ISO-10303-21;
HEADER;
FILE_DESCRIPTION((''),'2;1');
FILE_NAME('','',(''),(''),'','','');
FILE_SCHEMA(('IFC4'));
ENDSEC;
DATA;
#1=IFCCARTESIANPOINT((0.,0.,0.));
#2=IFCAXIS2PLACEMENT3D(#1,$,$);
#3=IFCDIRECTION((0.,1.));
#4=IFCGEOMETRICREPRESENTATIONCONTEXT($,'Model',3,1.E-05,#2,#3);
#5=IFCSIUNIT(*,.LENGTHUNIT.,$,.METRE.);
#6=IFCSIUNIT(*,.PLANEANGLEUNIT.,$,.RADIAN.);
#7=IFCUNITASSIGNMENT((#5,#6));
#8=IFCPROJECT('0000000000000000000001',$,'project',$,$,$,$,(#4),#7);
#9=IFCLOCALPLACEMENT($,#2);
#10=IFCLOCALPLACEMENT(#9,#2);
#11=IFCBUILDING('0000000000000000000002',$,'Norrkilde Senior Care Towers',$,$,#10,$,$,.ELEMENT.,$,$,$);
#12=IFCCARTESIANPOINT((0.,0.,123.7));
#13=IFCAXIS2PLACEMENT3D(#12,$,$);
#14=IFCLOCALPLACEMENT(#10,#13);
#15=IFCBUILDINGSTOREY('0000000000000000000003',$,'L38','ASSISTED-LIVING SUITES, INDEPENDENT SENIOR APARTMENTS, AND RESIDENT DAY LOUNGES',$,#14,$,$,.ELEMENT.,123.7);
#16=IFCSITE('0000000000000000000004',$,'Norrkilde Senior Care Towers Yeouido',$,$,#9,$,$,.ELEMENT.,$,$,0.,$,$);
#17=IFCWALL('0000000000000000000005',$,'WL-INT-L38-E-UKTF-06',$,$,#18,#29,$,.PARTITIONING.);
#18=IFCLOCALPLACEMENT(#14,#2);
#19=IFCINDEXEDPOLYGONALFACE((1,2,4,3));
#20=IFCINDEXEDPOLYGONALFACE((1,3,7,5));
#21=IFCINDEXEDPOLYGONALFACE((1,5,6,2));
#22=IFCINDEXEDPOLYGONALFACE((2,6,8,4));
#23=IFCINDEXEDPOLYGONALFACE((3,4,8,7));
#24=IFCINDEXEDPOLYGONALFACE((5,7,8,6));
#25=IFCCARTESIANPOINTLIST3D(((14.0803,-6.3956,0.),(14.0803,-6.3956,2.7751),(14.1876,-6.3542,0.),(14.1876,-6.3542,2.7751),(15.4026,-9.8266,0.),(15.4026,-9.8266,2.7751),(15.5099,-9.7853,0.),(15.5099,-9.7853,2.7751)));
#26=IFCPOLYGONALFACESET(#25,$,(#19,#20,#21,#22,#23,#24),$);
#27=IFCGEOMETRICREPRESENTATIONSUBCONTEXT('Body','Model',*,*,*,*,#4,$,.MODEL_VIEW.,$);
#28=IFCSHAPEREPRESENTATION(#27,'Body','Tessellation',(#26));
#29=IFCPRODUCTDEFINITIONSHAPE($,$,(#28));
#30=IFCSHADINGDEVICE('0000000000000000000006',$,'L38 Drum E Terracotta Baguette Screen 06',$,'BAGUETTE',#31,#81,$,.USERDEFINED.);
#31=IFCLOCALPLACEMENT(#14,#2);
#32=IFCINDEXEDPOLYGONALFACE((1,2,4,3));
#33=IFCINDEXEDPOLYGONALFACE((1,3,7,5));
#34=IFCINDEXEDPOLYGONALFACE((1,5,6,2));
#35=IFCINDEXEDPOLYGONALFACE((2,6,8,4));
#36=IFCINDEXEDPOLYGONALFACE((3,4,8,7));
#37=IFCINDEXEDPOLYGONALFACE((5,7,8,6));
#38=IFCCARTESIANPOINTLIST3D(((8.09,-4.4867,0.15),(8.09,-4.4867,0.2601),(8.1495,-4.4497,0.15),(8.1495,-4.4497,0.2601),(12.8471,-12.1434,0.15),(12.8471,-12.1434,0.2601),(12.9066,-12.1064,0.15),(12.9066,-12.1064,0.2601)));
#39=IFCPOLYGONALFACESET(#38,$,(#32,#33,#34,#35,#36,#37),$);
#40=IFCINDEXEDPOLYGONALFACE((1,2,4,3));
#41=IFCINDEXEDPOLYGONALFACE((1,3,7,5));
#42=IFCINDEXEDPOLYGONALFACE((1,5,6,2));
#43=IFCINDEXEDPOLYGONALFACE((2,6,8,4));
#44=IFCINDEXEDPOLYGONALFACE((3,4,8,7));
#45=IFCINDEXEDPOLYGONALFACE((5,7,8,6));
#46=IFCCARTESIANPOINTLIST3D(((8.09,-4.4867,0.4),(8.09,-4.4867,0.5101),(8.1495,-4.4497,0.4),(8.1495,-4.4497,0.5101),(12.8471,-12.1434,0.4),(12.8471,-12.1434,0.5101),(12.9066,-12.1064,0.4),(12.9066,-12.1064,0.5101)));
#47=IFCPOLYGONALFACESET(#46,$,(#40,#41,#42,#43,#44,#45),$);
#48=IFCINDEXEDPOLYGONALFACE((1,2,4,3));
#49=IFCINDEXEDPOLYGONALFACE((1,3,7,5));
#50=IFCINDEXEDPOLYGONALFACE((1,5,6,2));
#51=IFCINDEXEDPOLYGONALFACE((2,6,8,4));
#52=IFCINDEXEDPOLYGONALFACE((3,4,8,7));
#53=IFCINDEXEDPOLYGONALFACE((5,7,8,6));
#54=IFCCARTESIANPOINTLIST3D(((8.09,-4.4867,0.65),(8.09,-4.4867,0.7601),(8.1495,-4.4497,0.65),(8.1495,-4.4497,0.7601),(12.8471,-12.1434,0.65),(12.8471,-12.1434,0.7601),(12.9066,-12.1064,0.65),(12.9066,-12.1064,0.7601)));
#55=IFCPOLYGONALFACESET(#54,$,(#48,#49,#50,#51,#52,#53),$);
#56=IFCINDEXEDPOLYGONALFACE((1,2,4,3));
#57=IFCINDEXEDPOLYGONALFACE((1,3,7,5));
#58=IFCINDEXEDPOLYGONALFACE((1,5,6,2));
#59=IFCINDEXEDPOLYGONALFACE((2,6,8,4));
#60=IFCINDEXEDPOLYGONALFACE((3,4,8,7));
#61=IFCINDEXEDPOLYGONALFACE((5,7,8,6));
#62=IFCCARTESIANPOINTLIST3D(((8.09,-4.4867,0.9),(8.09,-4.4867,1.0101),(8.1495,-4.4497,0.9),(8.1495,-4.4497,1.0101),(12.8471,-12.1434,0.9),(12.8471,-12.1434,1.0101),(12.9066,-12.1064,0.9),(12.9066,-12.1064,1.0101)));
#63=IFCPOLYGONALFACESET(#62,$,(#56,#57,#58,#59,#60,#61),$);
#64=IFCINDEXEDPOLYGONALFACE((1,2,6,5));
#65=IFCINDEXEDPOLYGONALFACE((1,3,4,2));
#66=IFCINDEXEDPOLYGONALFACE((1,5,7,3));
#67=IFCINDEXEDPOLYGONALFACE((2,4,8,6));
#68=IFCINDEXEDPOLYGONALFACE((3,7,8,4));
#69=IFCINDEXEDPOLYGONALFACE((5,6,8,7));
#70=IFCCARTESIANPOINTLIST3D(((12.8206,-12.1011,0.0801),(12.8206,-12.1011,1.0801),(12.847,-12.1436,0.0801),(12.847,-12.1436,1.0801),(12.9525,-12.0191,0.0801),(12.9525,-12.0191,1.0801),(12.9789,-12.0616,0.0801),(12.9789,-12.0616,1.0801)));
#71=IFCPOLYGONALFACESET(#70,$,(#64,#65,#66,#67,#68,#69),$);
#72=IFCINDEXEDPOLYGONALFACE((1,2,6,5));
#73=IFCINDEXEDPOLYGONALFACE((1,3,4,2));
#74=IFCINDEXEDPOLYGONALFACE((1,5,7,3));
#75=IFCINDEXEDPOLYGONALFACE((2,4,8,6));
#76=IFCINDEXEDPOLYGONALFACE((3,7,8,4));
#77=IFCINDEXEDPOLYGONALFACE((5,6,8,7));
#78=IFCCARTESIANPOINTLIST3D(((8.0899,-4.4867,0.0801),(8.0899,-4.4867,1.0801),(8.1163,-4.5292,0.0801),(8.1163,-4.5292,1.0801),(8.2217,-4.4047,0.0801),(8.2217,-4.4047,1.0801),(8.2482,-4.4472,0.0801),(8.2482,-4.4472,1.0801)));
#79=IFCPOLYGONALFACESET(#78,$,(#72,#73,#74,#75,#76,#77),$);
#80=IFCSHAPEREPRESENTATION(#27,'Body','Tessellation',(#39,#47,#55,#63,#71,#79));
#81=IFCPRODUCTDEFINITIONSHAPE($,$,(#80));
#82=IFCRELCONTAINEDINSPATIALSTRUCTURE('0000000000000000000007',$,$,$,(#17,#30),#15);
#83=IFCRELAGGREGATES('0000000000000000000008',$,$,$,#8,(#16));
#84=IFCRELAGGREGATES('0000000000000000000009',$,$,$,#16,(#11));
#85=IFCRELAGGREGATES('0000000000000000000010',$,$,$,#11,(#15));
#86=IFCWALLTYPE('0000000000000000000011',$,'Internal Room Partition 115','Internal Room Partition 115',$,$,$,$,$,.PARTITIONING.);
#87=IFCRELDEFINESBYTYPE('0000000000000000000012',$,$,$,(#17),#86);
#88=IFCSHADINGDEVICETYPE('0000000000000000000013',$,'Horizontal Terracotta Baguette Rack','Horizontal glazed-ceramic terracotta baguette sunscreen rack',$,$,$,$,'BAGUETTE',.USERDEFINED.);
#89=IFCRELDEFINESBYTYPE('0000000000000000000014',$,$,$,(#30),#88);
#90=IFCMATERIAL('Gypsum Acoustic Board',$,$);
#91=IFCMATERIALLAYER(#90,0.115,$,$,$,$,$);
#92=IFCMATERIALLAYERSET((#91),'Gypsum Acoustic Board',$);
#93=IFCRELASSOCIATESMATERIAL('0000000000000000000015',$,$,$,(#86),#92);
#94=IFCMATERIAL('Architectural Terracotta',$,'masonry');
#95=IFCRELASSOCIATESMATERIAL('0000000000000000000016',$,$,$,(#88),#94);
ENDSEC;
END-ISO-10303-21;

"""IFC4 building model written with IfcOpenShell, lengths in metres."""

from ifc_helpers import new_model, si_unit, direction, frame, frame_2d, origin, origin_2d, place, context, subcontext, project, spatial, rectangle, extrude, source, transform, mapped, material, layer, layer_set, type_object, type_shapes, element, save


model = new_model("IFC4")

# Units and contexts
model_context = context("Model", 3, precision=1e-05, world=origin(), true_north=direction((0.0, 1.0)))
body_context = subcontext(model_context, "Body", "Model", "MODEL_VIEW")
ifc_project = project(units=[si_unit("LENGTHUNIT", "METRE"), si_unit("PLANEANGLEUNIT", "RADIAN")], contexts=[model_context])

# Site, building, storey
site_placement = place(None, origin())
site = spatial("IfcSite", under=ifc_project, at=site_placement, Name="Norrkilde Senior Care Towers Yeouido", CompositionType="ELEMENT", RefElevation=0.0)
building_placement = place(site_placement, origin())
building = spatial("IfcBuilding", under=site, at=building_placement, Name="Norrkilde Senior Care Towers", CompositionType="ELEMENT")
storey_placement = place(building_placement, frame((0.0, 0.0, 123.7)))
storey = spatial("IfcBuildingStorey", under=building, at=storey_placement, Name="L38", Description="ASSISTED-LIVING SUITES, INDEPENDENT SENIOR APARTMENTS, AND RESIDENT DAY LOUNGES", CompositionType="ELEMENT", Elevation=123.7)

# Shared definitions
ifc_material_1 = material(Name="Gypsum Acoustic Board")

# Shared definitions
ifc_layer_1 = layer(ifc_material_1, 0.115)
ifc_layer_set_1 = layer_set([ifc_layer_1], Name="Gypsum Acoustic Board")
wall_type_1 = type_object("IfcWallType", Name="Internal Room Partition 115", Description="Internal Room Partition 115", PredefinedType="PARTITIONING", material=ifc_layer_set_1)

# Wall
shared_shape_1 = source(origin(), body_context, "Body", "SweptSolid", [
    extrude(rectangle(XDim=3.677, YDim=0.115, at=frame_2d((1.8384, 0.0))), origin(), (0.0, 0.0, 1.0), 2.7751),
])
wall_1_placement = place(storey_placement, frame((14.134, -6.375, 0.0), z_axis=(0.0, 0.0, 1.0), x_axis=(0.359593, -0.933109, 0.0)))
element("IfcWall", 1, at=wall_1_placement, inside=storey, type_object=wall_type_1, Name="WL-INT-L38-E-UKTF-06", PredefinedType="PARTITIONING", context=body_context, shape_type="MappedRepresentation", body=[
    mapped(shared_shape_1, transform((0.0, 0.0, 0.0), x_axis=(1.0, 0.0, 0.0), y_axis=(0.0, 1.0, 0.0), z_axis=(0.0, 0.0, 1.0), scale=1.0)),
])

# Shading device
ifc_material_2 = material(Name="Architectural Terracotta", Category="masonry")
shading_device_type = type_object("IfcShadingDeviceType", Name="Horizontal Terracotta Baguette Rack", Description="Horizontal glazed-ceramic terracotta baguette sunscreen rack", ElementType="BAGUETTE", PredefinedType="USERDEFINED", material=ifc_material_2)
shared_shape_2 = source(origin(), body_context, "Body", "SweptSolid", [
    extrude(rectangle(XDim=0.0701, YDim=0.1101, at=origin_2d()), frame((0.0, 0.0901, 0.125), z_axis=(1.0, 0.0, 0.0), x_axis=(0.0, 1.0, 0.0)), (0.0, 0.0, 1.0), 9.0142),
    extrude(rectangle(XDim=0.0701, YDim=0.1101, at=origin_2d()), frame((0.0, 0.0901, 0.375), z_axis=(1.0, 0.0, 0.0), x_axis=(0.0, 1.0, 0.0)), (0.0, 0.0, 1.0), 9.0142),
    extrude(rectangle(XDim=0.0701, YDim=0.1101, at=origin_2d()), frame((0.0, 0.0901, 0.625), z_axis=(1.0, 0.0, 0.0), x_axis=(0.0, 1.0, 0.0)), (0.0, 0.0, 1.0), 9.0142),
    extrude(rectangle(XDim=0.0701, YDim=0.1101, at=origin_2d()), frame((0.0, 0.0901, 0.875), z_axis=(1.0, 0.0, 0.0), x_axis=(0.0, 1.0, 0.0)), (0.0, 0.0, 1.0), 9.0142),
    extrude(rectangle(XDim=0.05, YDim=0.1553, at=origin_2d()), frame((0.0249, 0.0476, 0.0)), (0.0, 0.0, 1.0), 1.0),
    extrude(rectangle(XDim=0.05, YDim=0.1553, at=origin_2d()), frame((8.9893, 0.0476, 0.0)), (0.0, 0.0, 1.0), 1.0),
])
type_shapes(shading_device_type, [shared_shape_2])
shading_device_placement = place(storey_placement, frame((12.9534, -12.0774, 0.0801), z_axis=(0.0, 0.0, 1.0), x_axis=(-0.527734, 0.849412, 0.0)))
element("IfcShadingDevice", 2, at=shading_device_placement, inside=storey, type_object=shading_device_type, Name="L38 Drum E Terracotta Baguette Screen 06", ObjectType="BAGUETTE", PredefinedType="USERDEFINED", context=body_context, shape_type="MappedRepresentation", body=[
    mapped(shared_shape_2, transform((0.0, 0.0, 0.0), x_axis=(1.0, 0.0, 0.0), y_axis=(0.0, 1.0, 0.0), z_axis=(0.0, 0.0, 1.0), scale=1.0)),
])

save(model, "model.ifc")
